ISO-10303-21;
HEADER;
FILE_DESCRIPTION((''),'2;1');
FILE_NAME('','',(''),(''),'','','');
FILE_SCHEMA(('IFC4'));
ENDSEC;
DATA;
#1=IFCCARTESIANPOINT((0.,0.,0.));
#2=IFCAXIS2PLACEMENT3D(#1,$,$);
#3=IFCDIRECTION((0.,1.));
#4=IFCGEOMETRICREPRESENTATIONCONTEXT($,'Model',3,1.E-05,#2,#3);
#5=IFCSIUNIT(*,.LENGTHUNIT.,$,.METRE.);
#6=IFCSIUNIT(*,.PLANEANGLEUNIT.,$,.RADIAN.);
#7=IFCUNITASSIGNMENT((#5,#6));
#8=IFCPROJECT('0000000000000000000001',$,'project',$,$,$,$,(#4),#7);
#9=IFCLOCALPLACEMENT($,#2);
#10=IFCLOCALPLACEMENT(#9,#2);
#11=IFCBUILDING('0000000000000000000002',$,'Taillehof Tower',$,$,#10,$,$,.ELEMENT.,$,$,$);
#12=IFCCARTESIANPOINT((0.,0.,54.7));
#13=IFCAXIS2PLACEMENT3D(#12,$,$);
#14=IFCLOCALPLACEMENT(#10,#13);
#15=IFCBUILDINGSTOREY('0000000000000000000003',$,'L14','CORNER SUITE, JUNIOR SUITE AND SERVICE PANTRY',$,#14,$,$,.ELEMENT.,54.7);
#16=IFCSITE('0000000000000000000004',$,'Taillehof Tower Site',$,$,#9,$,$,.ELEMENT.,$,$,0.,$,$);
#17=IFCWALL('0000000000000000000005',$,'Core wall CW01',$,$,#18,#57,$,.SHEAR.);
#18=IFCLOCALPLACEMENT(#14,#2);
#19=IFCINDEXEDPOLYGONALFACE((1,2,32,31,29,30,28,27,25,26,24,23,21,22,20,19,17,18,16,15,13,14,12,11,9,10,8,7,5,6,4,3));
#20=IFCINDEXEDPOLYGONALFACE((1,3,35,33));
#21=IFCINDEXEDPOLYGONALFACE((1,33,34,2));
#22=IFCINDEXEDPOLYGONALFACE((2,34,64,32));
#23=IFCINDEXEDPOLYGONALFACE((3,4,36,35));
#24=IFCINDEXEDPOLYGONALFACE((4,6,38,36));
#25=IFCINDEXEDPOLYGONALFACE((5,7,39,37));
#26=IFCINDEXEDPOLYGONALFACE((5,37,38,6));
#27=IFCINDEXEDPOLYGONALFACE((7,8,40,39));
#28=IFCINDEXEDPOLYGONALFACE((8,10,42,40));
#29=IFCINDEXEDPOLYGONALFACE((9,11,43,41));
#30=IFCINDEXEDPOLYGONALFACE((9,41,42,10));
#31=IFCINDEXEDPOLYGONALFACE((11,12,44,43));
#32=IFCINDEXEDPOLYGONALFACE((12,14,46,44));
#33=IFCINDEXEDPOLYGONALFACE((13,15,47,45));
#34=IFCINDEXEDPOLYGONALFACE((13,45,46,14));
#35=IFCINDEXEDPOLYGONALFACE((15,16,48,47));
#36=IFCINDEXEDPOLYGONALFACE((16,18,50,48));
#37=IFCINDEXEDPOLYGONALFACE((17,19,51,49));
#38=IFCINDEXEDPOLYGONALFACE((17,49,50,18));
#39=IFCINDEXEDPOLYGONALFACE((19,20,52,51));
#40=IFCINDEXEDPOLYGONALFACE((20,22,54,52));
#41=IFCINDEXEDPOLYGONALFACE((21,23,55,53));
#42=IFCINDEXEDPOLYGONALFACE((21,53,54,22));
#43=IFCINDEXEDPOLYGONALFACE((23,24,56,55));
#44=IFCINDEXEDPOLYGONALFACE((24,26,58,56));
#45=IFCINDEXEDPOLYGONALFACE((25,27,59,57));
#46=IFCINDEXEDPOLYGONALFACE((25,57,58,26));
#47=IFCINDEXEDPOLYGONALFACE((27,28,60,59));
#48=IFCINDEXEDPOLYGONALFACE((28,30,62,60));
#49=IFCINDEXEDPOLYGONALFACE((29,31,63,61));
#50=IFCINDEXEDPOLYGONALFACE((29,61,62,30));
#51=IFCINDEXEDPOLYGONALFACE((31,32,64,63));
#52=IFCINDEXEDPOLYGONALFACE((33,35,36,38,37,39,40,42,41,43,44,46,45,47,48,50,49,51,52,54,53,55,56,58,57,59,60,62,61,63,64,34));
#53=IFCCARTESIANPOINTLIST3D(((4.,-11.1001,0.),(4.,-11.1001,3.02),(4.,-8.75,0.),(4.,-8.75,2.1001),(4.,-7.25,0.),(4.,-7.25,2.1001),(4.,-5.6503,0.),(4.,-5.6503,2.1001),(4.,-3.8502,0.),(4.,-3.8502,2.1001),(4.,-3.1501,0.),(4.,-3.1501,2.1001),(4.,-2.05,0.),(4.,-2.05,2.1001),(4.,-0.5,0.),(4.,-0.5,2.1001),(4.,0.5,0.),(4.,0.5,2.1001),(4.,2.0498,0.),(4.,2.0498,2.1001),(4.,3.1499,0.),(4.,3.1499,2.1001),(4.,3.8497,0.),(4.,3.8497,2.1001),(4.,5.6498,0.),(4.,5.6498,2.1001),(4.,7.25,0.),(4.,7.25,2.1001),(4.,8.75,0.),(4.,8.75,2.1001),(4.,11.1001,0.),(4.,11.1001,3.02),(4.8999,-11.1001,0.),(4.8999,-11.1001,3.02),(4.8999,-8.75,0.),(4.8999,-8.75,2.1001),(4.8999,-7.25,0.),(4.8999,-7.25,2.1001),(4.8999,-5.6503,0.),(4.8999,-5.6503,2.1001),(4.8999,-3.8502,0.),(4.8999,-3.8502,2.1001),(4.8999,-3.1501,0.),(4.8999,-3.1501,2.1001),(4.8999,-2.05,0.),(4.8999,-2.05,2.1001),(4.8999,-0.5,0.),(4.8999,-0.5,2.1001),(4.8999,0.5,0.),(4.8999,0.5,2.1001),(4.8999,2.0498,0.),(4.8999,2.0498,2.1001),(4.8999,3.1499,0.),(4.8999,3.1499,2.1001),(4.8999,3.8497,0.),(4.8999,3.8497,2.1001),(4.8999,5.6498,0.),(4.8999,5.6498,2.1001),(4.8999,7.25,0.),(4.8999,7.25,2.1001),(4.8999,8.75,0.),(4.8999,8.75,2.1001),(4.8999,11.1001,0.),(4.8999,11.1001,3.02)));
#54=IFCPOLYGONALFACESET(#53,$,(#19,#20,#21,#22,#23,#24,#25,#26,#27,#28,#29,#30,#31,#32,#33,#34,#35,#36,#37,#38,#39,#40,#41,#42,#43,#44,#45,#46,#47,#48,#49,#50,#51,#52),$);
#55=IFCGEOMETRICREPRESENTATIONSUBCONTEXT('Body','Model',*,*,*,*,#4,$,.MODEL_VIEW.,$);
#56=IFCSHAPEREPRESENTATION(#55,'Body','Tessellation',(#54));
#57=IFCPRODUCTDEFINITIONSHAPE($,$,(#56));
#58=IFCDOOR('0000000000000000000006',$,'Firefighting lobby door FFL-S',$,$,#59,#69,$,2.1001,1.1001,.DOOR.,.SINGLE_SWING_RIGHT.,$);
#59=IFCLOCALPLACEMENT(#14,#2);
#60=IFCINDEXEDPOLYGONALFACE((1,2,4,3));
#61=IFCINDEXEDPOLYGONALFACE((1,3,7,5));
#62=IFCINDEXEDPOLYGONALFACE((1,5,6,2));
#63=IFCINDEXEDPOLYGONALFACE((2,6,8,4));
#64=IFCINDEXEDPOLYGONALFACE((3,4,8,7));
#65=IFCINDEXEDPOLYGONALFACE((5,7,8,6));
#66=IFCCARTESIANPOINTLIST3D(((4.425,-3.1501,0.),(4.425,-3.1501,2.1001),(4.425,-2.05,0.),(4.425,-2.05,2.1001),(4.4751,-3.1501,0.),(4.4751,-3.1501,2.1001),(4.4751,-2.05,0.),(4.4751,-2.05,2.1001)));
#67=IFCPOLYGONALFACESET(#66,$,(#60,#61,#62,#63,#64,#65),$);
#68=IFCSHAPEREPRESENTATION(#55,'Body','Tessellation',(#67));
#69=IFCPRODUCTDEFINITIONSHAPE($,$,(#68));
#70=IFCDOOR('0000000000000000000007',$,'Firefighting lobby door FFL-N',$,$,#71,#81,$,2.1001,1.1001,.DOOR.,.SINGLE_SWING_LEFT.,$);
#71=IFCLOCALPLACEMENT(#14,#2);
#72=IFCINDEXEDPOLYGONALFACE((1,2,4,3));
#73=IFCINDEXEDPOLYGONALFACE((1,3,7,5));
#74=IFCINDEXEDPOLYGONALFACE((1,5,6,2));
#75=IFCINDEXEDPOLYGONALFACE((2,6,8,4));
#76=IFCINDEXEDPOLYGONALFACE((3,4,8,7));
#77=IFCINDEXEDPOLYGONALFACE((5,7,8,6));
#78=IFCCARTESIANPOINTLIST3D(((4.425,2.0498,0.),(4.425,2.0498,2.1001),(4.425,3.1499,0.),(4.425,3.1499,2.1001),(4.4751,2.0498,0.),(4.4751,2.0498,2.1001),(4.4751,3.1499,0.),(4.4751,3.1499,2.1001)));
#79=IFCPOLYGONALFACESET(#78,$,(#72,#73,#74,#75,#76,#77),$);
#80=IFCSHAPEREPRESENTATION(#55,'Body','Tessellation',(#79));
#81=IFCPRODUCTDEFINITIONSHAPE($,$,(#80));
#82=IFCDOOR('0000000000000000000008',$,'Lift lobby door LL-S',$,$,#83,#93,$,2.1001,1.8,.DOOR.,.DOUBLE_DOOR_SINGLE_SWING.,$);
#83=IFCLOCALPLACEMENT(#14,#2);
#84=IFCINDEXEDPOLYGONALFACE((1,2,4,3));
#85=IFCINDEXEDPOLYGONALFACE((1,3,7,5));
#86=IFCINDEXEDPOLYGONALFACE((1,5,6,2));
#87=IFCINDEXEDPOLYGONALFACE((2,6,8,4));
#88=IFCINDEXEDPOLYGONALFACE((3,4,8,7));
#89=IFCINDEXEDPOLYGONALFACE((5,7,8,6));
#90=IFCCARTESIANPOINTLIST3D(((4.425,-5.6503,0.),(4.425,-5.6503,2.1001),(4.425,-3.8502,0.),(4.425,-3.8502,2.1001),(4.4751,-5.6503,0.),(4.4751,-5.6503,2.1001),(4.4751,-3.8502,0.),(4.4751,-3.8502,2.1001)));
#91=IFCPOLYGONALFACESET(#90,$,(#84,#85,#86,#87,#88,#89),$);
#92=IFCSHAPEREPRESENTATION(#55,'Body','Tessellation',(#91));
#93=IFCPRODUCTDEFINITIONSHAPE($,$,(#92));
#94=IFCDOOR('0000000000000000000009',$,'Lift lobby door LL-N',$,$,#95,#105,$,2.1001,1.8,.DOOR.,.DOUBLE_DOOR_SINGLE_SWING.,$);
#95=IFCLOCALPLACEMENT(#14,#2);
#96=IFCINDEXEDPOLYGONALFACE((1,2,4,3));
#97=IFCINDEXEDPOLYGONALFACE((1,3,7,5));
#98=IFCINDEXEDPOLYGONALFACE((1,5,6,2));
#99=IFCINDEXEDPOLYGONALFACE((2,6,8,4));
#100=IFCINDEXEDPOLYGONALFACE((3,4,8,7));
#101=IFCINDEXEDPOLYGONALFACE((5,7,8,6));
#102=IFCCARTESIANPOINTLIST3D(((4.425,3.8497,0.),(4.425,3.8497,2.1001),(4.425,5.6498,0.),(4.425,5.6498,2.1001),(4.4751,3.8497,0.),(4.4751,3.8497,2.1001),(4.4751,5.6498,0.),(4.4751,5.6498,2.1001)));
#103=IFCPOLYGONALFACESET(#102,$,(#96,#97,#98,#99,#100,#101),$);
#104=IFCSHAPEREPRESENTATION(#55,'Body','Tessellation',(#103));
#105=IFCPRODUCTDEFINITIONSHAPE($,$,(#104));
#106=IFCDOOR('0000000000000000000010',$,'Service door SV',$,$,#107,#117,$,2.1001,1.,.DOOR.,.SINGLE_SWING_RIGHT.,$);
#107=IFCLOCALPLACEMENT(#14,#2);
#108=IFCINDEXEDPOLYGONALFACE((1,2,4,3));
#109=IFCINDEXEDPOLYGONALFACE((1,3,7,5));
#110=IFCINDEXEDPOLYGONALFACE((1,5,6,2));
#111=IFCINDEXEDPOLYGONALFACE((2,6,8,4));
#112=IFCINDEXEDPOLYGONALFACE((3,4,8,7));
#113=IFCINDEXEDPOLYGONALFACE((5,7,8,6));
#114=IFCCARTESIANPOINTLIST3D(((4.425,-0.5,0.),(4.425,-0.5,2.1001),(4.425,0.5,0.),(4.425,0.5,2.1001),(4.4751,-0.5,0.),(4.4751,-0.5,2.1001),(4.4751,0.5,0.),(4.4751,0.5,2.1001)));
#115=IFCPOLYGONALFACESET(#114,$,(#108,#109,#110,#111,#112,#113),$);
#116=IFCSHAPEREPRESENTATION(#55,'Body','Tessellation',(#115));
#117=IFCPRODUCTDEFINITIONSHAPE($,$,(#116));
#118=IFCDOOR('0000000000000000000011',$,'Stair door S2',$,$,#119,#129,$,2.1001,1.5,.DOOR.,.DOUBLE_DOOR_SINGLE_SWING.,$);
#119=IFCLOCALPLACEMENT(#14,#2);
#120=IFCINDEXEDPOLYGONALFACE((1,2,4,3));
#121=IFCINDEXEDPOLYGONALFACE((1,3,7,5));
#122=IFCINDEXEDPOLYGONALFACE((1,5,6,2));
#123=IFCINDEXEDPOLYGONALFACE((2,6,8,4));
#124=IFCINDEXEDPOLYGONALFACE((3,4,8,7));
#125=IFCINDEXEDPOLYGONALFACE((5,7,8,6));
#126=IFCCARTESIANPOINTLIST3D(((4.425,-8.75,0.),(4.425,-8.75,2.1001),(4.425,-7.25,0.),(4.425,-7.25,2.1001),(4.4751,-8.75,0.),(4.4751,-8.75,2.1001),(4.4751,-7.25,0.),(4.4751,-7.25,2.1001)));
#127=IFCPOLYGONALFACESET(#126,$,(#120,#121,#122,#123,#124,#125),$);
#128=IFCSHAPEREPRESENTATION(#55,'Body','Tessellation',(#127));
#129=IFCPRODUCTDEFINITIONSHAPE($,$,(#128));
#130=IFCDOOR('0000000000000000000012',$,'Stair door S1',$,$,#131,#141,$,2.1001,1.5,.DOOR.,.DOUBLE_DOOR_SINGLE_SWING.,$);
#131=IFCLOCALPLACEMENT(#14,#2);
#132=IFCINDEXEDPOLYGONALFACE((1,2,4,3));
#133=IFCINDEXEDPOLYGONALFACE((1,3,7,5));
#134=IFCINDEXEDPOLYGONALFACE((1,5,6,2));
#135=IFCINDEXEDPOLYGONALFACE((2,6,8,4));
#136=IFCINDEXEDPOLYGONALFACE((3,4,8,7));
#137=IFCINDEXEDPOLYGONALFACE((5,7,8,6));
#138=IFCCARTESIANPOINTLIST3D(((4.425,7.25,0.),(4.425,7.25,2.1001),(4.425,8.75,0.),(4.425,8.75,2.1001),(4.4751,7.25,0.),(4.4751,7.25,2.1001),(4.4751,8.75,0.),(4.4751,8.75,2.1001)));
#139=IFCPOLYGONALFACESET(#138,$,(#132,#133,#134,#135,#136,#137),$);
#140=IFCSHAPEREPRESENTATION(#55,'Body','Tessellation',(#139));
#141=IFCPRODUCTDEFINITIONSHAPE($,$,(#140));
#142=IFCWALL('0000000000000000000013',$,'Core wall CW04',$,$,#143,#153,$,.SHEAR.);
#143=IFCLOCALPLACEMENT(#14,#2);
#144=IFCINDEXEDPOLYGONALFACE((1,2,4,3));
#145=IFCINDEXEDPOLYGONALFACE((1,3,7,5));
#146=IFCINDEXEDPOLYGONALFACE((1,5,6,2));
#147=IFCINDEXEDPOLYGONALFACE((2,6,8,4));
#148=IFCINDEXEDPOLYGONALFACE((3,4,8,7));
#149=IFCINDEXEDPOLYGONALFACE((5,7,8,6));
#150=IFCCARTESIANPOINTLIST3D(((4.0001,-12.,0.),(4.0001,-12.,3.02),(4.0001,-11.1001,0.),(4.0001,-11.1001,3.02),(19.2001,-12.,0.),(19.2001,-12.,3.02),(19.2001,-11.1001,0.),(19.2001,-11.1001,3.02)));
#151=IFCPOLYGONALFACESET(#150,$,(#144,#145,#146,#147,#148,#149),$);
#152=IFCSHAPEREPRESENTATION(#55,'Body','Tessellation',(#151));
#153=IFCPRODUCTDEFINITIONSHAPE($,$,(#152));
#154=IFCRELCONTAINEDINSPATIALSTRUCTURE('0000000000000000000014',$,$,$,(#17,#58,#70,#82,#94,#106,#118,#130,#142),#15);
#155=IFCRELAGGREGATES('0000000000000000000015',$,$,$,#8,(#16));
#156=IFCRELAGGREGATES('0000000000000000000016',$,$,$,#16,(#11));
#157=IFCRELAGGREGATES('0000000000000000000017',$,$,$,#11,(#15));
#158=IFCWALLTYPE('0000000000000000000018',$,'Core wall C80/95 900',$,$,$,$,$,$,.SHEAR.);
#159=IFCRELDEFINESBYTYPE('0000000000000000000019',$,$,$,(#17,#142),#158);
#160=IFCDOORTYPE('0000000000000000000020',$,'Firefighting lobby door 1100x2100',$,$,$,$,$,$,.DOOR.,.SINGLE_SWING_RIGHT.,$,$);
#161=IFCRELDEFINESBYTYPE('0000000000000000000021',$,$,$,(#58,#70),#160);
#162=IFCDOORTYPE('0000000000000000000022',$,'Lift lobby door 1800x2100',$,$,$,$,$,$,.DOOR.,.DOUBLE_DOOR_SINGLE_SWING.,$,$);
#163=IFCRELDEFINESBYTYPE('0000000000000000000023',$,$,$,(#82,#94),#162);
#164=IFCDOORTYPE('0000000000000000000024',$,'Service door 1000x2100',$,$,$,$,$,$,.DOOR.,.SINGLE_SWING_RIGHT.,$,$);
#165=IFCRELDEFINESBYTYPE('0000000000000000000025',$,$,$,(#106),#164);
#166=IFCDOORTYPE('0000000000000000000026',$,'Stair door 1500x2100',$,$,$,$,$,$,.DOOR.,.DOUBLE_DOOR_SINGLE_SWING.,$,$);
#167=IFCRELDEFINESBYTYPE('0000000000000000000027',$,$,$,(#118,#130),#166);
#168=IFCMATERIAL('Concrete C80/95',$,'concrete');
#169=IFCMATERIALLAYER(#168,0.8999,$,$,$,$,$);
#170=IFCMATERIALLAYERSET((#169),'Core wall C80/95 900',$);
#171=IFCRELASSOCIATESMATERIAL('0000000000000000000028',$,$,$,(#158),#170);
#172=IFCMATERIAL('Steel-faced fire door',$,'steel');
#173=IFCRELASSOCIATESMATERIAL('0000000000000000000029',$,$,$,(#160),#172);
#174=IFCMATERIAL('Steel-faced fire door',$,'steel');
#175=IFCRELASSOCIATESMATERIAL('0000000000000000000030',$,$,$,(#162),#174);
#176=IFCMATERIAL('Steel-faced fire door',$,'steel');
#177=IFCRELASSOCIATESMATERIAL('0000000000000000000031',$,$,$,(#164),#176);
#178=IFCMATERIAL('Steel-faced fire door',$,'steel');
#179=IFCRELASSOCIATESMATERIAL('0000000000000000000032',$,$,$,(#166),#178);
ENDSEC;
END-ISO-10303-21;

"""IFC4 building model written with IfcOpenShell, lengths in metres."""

from ifc_helpers import new_model, si_unit, direction, frame, frame_2d, origin, place, context, subcontext, project, spatial, rectangle, extrude, material, layer, layer_set, type_object, element, fill, save


model = new_model("IFC4")

# Units and contexts
model_context = context("Model", 3, precision=1e-05, world=origin(), true_north=direction((0.0, 1.0)))
body_context = subcontext(model_context, "Body", "Model", "MODEL_VIEW")
ifc_project = project(units=[si_unit("LENGTHUNIT", "METRE"), si_unit("PLANEANGLEUNIT", "RADIAN")], contexts=[model_context])

# Site, building, storey
site_placement = place(None, origin())
site = spatial("IfcSite", under=ifc_project, at=site_placement, Name="Taillehof Tower Site", CompositionType="ELEMENT", RefElevation=0.0)
building_placement = place(site_placement, origin())
building = spatial("IfcBuilding", under=site, at=building_placement, Name="Taillehof Tower", CompositionType="ELEMENT")
storey_placement = place(building_placement, frame((0.0, 0.0, 54.7)))
storey = spatial("IfcBuildingStorey", under=building, at=storey_placement, Name="L14", Description="CORNER SUITE, JUNIOR SUITE AND SERVICE PANTRY", CompositionType="ELEMENT", Elevation=54.7)

# Wall, openings, doors
ifc_material_1 = material(Name="Concrete C80/95", Category="concrete")
ifc_layer_1 = layer(ifc_material_1, 0.8999)
ifc_layer_set_1 = layer_set([ifc_layer_1], Name="Core wall C80/95 900")
wall_type_1 = type_object("IfcWallType", Name="Core wall C80/95 900", PredefinedType="SHEAR", material=ifc_layer_set_1)
wall_1_placement = place(storey_placement, frame((4.45, -11.1001, 0.0), z_axis=(0.0, 0.0, 1.0), x_axis=(0.0, 1.0, 0.0)))
wall_1 = element("IfcWall", 1, at=wall_1_placement, inside=storey, type_object=wall_type_1, Name="Core wall CW01", PredefinedType="SHEAR", context=body_context, shape_type="SweptSolid", body=[
    extrude(rectangle(XDim=22.2002, YDim=0.8999, at=frame_2d((11.1001, 0.0))), origin(), (0.0, 0.0, 1.0), 3.02),
])
opening_1_placement = place(wall_1_placement, frame((2.3501, 0.0, 0.0)))
opening_1 = element("IfcOpeningElement", 2, at=opening_1_placement, cuts=wall_1, PredefinedType="OPENING", context=body_context, shape_type="SweptSolid", body=[
    extrude(rectangle(XDim=1.5, YDim=2.1001, at=frame_2d((0.75, 1.05))), frame((0.0, 0.46, 0.0), z_axis=(0.0, -1.0, 0.0), x_axis=(1.0, 0.0, 0.0)), (0.0, 0.0, 1.0), 0.9199),
])
opening_2_placement = place(wall_1_placement, frame((5.45, 0.0, 0.0)))
opening_2 = element("IfcOpeningElement", 3, at=opening_2_placement, cuts=wall_1, PredefinedType="OPENING", context=body_context, shape_type="SweptSolid", body=[
    extrude(rectangle(XDim=1.8, YDim=2.1001, at=frame_2d((0.8999, 1.05))), frame((0.0, 0.46, 0.0), z_axis=(0.0, -1.0, 0.0), x_axis=(1.0, 0.0, 0.0)), (0.0, 0.0, 1.0), 0.9199),
])
opening_3_placement = place(wall_1_placement, frame((7.95, 0.0, 0.0)))
opening_3 = element("IfcOpeningElement", 4, at=opening_3_placement, cuts=wall_1, PredefinedType="OPENING", context=body_context, shape_type="SweptSolid", body=[
    extrude(rectangle(XDim=1.1001, YDim=2.1001, at=frame_2d((0.55, 1.05))), frame((0.0, 0.46, 0.0), z_axis=(0.0, -1.0, 0.0), x_axis=(1.0, 0.0, 0.0)), (0.0, 0.0, 1.0), 0.9199),
])
opening_4_placement = place(wall_1_placement, frame((10.6001, 0.0, 0.0)))
opening_4 = element("IfcOpeningElement", 5, at=opening_4_placement, cuts=wall_1, PredefinedType="OPENING", context=body_context, shape_type="SweptSolid", body=[
    extrude(rectangle(XDim=1.0, YDim=2.1001, at=frame_2d((0.5, 1.05))), frame((0.0, 0.46, 0.0), z_axis=(0.0, -1.0, 0.0), x_axis=(1.0, 0.0, 0.0)), (0.0, 0.0, 1.0), 0.9199),
])
opening_5_placement = place(wall_1_placement, frame((13.1499, 0.0, 0.0)))
opening_5 = element("IfcOpeningElement", 6, at=opening_5_placement, cuts=wall_1, PredefinedType="OPENING", context=body_context, shape_type="SweptSolid", body=[
    extrude(rectangle(XDim=1.1001, YDim=2.1001, at=frame_2d((0.55, 1.05))), frame((0.0, 0.46, 0.0), z_axis=(0.0, -1.0, 0.0), x_axis=(1.0, 0.0, 0.0)), (0.0, 0.0, 1.0), 0.9199),
])
opening_6_placement = place(wall_1_placement, frame((14.95, 0.0, 0.0)))
opening_6 = element("IfcOpeningElement", 7, at=opening_6_placement, cuts=wall_1, PredefinedType="OPENING", context=body_context, shape_type="SweptSolid", body=[
    extrude(rectangle(XDim=1.8, YDim=2.1001, at=frame_2d((0.8999, 1.05))), frame((0.0, 0.46, 0.0), z_axis=(0.0, -1.0, 0.0), x_axis=(1.0, 0.0, 0.0)), (0.0, 0.0, 1.0), 0.9199),
])
opening_7_placement = place(wall_1_placement, frame((18.3501, 0.0, 0.0)))
opening_7 = element("IfcOpeningElement", 8, at=opening_7_placement, cuts=wall_1, PredefinedType="OPENING", context=body_context, shape_type="SweptSolid", body=[
    extrude(rectangle(XDim=1.5, YDim=2.1001, at=frame_2d((0.75, 1.05))), frame((0.0, 0.46, 0.0), z_axis=(0.0, -1.0, 0.0), x_axis=(1.0, 0.0, 0.0)), (0.0, 0.0, 1.0), 0.9199),
])
ifc_material_2 = material(Name="Steel-faced fire door", Category="steel")
door_type_1 = type_object("IfcDoorType", Name="Firefighting lobby door 1100x2100", OperationType="SINGLE_SWING_RIGHT", PredefinedType="DOOR", material=ifc_material_2)
door_1_placement = place(opening_3_placement, origin())
door_1 = element("IfcDoor", 9, at=door_1_placement, inside=storey, type_object=door_type_1, Name="Firefighting lobby door FFL-S", OperationType="SINGLE_SWING_RIGHT", OverallHeight=2.1001, OverallWidth=1.1001, PredefinedType="DOOR", context=body_context, shape_type="SweptSolid", body=[
    extrude(rectangle(XDim=1.1001, YDim=2.1001, at=frame_2d((0.55, 1.05))), frame((0.0, 0.0249, 0.0), z_axis=(0.0, -1.0, 0.0), x_axis=(1.0, 0.0, 0.0)), (0.0, 0.0, 1.0), 0.05),
])
fill(opening_3, door_1)
door_2_placement = place(opening_5_placement, origin())
door_2 = element("IfcDoor", 10, at=door_2_placement, inside=storey, type_object=door_type_1, Name="Firefighting lobby door FFL-N", OperationType="SINGLE_SWING_LEFT", OverallHeight=2.1001, OverallWidth=1.1001, PredefinedType="DOOR", context=body_context, shape_type="SweptSolid", body=[
    extrude(rectangle(XDim=1.1001, YDim=2.1001, at=frame_2d((0.55, 1.05))), frame((0.0, 0.0249, 0.0), z_axis=(0.0, -1.0, 0.0), x_axis=(1.0, 0.0, 0.0)), (0.0, 0.0, 1.0), 0.05),
])
fill(opening_5, door_2)
ifc_material_3 = material(Name="Steel-faced fire door", Category="steel")
door_type_2 = type_object("IfcDoorType", Name="Lift lobby door 1800x2100", OperationType="DOUBLE_DOOR_SINGLE_SWING", PredefinedType="DOOR", material=ifc_material_3)
door_3_placement = place(opening_2_placement, origin())
door_3 = element("IfcDoor", 11, at=door_3_placement, inside=storey, type_object=door_type_2, Name="Lift lobby door LL-S", OperationType="DOUBLE_DOOR_SINGLE_SWING", OverallHeight=2.1001, OverallWidth=1.8, PredefinedType="DOOR", context=body_context, shape_type="SweptSolid", body=[
    extrude(rectangle(XDim=1.8, YDim=2.1001, at=frame_2d((0.8999, 1.05))), frame((0.0, 0.0249, 0.0), z_axis=(0.0, -1.0, 0.0), x_axis=(1.0, 0.0, 0.0)), (0.0, 0.0, 1.0), 0.05),
])
fill(opening_2, door_3)
door_4_placement = place(opening_6_placement, origin())
door_4 = element("IfcDoor", 12, at=door_4_placement, inside=storey, type_object=door_type_2, Name="Lift lobby door LL-N", OperationType="DOUBLE_DOOR_SINGLE_SWING", OverallHeight=2.1001, OverallWidth=1.8, PredefinedType="DOOR", context=body_context, shape_type="SweptSolid", body=[
    extrude(rectangle(XDim=1.8, YDim=2.1001, at=frame_2d((0.8999, 1.05))), frame((0.0, 0.0249, 0.0), z_axis=(0.0, -1.0, 0.0), x_axis=(1.0, 0.0, 0.0)), (0.0, 0.0, 1.0), 0.05),
])
fill(opening_6, door_4)
ifc_material_4 = material(Name="Steel-faced fire door", Category="steel")
door_type_3 = type_object("IfcDoorType", Name="Service door 1000x2100", OperationType="SINGLE_SWING_RIGHT", PredefinedType="DOOR", material=ifc_material_4)
door_5_placement = place(opening_4_placement, origin())
door_5 = element("IfcDoor", 13, at=door_5_placement, inside=storey, type_object=door_type_3, Name="Service door SV", OperationType="SINGLE_SWING_RIGHT", OverallHeight=2.1001, OverallWidth=1.0, PredefinedType="DOOR", context=body_context, shape_type="SweptSolid", body=[
    extrude(rectangle(XDim=1.0, YDim=2.1001, at=frame_2d((0.5, 1.05))), frame((0.0, 0.0249, 0.0), z_axis=(0.0, -1.0, 0.0), x_axis=(1.0, 0.0, 0.0)), (0.0, 0.0, 1.0), 0.05),
])
fill(opening_4, door_5)
ifc_material_5 = material(Name="Steel-faced fire door", Category="steel")
door_type_4 = type_object("IfcDoorType", Name="Stair door 1500x2100", OperationType="DOUBLE_DOOR_SINGLE_SWING", PredefinedType="DOOR", material=ifc_material_5)
door_6_placement = place(opening_1_placement, origin())
door_6 = element("IfcDoor", 14, at=door_6_placement, inside=storey, type_object=door_type_4, Name="Stair door S2", OperationType="DOUBLE_DOOR_SINGLE_SWING", OverallHeight=2.1001, OverallWidth=1.5, PredefinedType="DOOR", context=body_context, shape_type="SweptSolid", body=[
    extrude(rectangle(XDim=1.5, YDim=2.1001, at=frame_2d((0.75, 1.05))), frame((0.0, 0.0249, 0.0), z_axis=(0.0, -1.0, 0.0), x_axis=(1.0, 0.0, 0.0)), (0.0, 0.0, 1.0), 0.05),
])
fill(opening_1, door_6)
door_7_placement = place(opening_7_placement, origin())
door_7 = element("IfcDoor", 15, at=door_7_placement, inside=storey, type_object=door_type_4, Name="Stair door S1", OperationType="DOUBLE_DOOR_SINGLE_SWING", OverallHeight=2.1001, OverallWidth=1.5, PredefinedType="DOOR", context=body_context, shape_type="SweptSolid", body=[
    extrude(rectangle(XDim=1.5, YDim=2.1001, at=frame_2d((0.75, 1.05))), frame((0.0, 0.0249, 0.0), z_axis=(0.0, -1.0, 0.0), x_axis=(1.0, 0.0, 0.0)), (0.0, 0.0, 1.0), 0.05),
])
fill(opening_7, door_7)

# Wall
wall_2_placement = place(storey_placement, frame((4.0, -11.55, 0.0), z_axis=(0.0, 0.0, 1.0), x_axis=(1.0, 0.0, 0.0)))
element("IfcWall", 16, at=wall_2_placement, inside=storey, type_object=wall_type_1, Name="Core wall CW04", PredefinedType="SHEAR", context=body_context, shape_type="SweptSolid", body=[
    extrude(rectangle(XDim=15.2, YDim=0.8999, at=frame_2d((7.6001, 0.0))), origin(), (0.0, 0.0, 1.0), 3.02),
])

save(model, "model.ifc")
